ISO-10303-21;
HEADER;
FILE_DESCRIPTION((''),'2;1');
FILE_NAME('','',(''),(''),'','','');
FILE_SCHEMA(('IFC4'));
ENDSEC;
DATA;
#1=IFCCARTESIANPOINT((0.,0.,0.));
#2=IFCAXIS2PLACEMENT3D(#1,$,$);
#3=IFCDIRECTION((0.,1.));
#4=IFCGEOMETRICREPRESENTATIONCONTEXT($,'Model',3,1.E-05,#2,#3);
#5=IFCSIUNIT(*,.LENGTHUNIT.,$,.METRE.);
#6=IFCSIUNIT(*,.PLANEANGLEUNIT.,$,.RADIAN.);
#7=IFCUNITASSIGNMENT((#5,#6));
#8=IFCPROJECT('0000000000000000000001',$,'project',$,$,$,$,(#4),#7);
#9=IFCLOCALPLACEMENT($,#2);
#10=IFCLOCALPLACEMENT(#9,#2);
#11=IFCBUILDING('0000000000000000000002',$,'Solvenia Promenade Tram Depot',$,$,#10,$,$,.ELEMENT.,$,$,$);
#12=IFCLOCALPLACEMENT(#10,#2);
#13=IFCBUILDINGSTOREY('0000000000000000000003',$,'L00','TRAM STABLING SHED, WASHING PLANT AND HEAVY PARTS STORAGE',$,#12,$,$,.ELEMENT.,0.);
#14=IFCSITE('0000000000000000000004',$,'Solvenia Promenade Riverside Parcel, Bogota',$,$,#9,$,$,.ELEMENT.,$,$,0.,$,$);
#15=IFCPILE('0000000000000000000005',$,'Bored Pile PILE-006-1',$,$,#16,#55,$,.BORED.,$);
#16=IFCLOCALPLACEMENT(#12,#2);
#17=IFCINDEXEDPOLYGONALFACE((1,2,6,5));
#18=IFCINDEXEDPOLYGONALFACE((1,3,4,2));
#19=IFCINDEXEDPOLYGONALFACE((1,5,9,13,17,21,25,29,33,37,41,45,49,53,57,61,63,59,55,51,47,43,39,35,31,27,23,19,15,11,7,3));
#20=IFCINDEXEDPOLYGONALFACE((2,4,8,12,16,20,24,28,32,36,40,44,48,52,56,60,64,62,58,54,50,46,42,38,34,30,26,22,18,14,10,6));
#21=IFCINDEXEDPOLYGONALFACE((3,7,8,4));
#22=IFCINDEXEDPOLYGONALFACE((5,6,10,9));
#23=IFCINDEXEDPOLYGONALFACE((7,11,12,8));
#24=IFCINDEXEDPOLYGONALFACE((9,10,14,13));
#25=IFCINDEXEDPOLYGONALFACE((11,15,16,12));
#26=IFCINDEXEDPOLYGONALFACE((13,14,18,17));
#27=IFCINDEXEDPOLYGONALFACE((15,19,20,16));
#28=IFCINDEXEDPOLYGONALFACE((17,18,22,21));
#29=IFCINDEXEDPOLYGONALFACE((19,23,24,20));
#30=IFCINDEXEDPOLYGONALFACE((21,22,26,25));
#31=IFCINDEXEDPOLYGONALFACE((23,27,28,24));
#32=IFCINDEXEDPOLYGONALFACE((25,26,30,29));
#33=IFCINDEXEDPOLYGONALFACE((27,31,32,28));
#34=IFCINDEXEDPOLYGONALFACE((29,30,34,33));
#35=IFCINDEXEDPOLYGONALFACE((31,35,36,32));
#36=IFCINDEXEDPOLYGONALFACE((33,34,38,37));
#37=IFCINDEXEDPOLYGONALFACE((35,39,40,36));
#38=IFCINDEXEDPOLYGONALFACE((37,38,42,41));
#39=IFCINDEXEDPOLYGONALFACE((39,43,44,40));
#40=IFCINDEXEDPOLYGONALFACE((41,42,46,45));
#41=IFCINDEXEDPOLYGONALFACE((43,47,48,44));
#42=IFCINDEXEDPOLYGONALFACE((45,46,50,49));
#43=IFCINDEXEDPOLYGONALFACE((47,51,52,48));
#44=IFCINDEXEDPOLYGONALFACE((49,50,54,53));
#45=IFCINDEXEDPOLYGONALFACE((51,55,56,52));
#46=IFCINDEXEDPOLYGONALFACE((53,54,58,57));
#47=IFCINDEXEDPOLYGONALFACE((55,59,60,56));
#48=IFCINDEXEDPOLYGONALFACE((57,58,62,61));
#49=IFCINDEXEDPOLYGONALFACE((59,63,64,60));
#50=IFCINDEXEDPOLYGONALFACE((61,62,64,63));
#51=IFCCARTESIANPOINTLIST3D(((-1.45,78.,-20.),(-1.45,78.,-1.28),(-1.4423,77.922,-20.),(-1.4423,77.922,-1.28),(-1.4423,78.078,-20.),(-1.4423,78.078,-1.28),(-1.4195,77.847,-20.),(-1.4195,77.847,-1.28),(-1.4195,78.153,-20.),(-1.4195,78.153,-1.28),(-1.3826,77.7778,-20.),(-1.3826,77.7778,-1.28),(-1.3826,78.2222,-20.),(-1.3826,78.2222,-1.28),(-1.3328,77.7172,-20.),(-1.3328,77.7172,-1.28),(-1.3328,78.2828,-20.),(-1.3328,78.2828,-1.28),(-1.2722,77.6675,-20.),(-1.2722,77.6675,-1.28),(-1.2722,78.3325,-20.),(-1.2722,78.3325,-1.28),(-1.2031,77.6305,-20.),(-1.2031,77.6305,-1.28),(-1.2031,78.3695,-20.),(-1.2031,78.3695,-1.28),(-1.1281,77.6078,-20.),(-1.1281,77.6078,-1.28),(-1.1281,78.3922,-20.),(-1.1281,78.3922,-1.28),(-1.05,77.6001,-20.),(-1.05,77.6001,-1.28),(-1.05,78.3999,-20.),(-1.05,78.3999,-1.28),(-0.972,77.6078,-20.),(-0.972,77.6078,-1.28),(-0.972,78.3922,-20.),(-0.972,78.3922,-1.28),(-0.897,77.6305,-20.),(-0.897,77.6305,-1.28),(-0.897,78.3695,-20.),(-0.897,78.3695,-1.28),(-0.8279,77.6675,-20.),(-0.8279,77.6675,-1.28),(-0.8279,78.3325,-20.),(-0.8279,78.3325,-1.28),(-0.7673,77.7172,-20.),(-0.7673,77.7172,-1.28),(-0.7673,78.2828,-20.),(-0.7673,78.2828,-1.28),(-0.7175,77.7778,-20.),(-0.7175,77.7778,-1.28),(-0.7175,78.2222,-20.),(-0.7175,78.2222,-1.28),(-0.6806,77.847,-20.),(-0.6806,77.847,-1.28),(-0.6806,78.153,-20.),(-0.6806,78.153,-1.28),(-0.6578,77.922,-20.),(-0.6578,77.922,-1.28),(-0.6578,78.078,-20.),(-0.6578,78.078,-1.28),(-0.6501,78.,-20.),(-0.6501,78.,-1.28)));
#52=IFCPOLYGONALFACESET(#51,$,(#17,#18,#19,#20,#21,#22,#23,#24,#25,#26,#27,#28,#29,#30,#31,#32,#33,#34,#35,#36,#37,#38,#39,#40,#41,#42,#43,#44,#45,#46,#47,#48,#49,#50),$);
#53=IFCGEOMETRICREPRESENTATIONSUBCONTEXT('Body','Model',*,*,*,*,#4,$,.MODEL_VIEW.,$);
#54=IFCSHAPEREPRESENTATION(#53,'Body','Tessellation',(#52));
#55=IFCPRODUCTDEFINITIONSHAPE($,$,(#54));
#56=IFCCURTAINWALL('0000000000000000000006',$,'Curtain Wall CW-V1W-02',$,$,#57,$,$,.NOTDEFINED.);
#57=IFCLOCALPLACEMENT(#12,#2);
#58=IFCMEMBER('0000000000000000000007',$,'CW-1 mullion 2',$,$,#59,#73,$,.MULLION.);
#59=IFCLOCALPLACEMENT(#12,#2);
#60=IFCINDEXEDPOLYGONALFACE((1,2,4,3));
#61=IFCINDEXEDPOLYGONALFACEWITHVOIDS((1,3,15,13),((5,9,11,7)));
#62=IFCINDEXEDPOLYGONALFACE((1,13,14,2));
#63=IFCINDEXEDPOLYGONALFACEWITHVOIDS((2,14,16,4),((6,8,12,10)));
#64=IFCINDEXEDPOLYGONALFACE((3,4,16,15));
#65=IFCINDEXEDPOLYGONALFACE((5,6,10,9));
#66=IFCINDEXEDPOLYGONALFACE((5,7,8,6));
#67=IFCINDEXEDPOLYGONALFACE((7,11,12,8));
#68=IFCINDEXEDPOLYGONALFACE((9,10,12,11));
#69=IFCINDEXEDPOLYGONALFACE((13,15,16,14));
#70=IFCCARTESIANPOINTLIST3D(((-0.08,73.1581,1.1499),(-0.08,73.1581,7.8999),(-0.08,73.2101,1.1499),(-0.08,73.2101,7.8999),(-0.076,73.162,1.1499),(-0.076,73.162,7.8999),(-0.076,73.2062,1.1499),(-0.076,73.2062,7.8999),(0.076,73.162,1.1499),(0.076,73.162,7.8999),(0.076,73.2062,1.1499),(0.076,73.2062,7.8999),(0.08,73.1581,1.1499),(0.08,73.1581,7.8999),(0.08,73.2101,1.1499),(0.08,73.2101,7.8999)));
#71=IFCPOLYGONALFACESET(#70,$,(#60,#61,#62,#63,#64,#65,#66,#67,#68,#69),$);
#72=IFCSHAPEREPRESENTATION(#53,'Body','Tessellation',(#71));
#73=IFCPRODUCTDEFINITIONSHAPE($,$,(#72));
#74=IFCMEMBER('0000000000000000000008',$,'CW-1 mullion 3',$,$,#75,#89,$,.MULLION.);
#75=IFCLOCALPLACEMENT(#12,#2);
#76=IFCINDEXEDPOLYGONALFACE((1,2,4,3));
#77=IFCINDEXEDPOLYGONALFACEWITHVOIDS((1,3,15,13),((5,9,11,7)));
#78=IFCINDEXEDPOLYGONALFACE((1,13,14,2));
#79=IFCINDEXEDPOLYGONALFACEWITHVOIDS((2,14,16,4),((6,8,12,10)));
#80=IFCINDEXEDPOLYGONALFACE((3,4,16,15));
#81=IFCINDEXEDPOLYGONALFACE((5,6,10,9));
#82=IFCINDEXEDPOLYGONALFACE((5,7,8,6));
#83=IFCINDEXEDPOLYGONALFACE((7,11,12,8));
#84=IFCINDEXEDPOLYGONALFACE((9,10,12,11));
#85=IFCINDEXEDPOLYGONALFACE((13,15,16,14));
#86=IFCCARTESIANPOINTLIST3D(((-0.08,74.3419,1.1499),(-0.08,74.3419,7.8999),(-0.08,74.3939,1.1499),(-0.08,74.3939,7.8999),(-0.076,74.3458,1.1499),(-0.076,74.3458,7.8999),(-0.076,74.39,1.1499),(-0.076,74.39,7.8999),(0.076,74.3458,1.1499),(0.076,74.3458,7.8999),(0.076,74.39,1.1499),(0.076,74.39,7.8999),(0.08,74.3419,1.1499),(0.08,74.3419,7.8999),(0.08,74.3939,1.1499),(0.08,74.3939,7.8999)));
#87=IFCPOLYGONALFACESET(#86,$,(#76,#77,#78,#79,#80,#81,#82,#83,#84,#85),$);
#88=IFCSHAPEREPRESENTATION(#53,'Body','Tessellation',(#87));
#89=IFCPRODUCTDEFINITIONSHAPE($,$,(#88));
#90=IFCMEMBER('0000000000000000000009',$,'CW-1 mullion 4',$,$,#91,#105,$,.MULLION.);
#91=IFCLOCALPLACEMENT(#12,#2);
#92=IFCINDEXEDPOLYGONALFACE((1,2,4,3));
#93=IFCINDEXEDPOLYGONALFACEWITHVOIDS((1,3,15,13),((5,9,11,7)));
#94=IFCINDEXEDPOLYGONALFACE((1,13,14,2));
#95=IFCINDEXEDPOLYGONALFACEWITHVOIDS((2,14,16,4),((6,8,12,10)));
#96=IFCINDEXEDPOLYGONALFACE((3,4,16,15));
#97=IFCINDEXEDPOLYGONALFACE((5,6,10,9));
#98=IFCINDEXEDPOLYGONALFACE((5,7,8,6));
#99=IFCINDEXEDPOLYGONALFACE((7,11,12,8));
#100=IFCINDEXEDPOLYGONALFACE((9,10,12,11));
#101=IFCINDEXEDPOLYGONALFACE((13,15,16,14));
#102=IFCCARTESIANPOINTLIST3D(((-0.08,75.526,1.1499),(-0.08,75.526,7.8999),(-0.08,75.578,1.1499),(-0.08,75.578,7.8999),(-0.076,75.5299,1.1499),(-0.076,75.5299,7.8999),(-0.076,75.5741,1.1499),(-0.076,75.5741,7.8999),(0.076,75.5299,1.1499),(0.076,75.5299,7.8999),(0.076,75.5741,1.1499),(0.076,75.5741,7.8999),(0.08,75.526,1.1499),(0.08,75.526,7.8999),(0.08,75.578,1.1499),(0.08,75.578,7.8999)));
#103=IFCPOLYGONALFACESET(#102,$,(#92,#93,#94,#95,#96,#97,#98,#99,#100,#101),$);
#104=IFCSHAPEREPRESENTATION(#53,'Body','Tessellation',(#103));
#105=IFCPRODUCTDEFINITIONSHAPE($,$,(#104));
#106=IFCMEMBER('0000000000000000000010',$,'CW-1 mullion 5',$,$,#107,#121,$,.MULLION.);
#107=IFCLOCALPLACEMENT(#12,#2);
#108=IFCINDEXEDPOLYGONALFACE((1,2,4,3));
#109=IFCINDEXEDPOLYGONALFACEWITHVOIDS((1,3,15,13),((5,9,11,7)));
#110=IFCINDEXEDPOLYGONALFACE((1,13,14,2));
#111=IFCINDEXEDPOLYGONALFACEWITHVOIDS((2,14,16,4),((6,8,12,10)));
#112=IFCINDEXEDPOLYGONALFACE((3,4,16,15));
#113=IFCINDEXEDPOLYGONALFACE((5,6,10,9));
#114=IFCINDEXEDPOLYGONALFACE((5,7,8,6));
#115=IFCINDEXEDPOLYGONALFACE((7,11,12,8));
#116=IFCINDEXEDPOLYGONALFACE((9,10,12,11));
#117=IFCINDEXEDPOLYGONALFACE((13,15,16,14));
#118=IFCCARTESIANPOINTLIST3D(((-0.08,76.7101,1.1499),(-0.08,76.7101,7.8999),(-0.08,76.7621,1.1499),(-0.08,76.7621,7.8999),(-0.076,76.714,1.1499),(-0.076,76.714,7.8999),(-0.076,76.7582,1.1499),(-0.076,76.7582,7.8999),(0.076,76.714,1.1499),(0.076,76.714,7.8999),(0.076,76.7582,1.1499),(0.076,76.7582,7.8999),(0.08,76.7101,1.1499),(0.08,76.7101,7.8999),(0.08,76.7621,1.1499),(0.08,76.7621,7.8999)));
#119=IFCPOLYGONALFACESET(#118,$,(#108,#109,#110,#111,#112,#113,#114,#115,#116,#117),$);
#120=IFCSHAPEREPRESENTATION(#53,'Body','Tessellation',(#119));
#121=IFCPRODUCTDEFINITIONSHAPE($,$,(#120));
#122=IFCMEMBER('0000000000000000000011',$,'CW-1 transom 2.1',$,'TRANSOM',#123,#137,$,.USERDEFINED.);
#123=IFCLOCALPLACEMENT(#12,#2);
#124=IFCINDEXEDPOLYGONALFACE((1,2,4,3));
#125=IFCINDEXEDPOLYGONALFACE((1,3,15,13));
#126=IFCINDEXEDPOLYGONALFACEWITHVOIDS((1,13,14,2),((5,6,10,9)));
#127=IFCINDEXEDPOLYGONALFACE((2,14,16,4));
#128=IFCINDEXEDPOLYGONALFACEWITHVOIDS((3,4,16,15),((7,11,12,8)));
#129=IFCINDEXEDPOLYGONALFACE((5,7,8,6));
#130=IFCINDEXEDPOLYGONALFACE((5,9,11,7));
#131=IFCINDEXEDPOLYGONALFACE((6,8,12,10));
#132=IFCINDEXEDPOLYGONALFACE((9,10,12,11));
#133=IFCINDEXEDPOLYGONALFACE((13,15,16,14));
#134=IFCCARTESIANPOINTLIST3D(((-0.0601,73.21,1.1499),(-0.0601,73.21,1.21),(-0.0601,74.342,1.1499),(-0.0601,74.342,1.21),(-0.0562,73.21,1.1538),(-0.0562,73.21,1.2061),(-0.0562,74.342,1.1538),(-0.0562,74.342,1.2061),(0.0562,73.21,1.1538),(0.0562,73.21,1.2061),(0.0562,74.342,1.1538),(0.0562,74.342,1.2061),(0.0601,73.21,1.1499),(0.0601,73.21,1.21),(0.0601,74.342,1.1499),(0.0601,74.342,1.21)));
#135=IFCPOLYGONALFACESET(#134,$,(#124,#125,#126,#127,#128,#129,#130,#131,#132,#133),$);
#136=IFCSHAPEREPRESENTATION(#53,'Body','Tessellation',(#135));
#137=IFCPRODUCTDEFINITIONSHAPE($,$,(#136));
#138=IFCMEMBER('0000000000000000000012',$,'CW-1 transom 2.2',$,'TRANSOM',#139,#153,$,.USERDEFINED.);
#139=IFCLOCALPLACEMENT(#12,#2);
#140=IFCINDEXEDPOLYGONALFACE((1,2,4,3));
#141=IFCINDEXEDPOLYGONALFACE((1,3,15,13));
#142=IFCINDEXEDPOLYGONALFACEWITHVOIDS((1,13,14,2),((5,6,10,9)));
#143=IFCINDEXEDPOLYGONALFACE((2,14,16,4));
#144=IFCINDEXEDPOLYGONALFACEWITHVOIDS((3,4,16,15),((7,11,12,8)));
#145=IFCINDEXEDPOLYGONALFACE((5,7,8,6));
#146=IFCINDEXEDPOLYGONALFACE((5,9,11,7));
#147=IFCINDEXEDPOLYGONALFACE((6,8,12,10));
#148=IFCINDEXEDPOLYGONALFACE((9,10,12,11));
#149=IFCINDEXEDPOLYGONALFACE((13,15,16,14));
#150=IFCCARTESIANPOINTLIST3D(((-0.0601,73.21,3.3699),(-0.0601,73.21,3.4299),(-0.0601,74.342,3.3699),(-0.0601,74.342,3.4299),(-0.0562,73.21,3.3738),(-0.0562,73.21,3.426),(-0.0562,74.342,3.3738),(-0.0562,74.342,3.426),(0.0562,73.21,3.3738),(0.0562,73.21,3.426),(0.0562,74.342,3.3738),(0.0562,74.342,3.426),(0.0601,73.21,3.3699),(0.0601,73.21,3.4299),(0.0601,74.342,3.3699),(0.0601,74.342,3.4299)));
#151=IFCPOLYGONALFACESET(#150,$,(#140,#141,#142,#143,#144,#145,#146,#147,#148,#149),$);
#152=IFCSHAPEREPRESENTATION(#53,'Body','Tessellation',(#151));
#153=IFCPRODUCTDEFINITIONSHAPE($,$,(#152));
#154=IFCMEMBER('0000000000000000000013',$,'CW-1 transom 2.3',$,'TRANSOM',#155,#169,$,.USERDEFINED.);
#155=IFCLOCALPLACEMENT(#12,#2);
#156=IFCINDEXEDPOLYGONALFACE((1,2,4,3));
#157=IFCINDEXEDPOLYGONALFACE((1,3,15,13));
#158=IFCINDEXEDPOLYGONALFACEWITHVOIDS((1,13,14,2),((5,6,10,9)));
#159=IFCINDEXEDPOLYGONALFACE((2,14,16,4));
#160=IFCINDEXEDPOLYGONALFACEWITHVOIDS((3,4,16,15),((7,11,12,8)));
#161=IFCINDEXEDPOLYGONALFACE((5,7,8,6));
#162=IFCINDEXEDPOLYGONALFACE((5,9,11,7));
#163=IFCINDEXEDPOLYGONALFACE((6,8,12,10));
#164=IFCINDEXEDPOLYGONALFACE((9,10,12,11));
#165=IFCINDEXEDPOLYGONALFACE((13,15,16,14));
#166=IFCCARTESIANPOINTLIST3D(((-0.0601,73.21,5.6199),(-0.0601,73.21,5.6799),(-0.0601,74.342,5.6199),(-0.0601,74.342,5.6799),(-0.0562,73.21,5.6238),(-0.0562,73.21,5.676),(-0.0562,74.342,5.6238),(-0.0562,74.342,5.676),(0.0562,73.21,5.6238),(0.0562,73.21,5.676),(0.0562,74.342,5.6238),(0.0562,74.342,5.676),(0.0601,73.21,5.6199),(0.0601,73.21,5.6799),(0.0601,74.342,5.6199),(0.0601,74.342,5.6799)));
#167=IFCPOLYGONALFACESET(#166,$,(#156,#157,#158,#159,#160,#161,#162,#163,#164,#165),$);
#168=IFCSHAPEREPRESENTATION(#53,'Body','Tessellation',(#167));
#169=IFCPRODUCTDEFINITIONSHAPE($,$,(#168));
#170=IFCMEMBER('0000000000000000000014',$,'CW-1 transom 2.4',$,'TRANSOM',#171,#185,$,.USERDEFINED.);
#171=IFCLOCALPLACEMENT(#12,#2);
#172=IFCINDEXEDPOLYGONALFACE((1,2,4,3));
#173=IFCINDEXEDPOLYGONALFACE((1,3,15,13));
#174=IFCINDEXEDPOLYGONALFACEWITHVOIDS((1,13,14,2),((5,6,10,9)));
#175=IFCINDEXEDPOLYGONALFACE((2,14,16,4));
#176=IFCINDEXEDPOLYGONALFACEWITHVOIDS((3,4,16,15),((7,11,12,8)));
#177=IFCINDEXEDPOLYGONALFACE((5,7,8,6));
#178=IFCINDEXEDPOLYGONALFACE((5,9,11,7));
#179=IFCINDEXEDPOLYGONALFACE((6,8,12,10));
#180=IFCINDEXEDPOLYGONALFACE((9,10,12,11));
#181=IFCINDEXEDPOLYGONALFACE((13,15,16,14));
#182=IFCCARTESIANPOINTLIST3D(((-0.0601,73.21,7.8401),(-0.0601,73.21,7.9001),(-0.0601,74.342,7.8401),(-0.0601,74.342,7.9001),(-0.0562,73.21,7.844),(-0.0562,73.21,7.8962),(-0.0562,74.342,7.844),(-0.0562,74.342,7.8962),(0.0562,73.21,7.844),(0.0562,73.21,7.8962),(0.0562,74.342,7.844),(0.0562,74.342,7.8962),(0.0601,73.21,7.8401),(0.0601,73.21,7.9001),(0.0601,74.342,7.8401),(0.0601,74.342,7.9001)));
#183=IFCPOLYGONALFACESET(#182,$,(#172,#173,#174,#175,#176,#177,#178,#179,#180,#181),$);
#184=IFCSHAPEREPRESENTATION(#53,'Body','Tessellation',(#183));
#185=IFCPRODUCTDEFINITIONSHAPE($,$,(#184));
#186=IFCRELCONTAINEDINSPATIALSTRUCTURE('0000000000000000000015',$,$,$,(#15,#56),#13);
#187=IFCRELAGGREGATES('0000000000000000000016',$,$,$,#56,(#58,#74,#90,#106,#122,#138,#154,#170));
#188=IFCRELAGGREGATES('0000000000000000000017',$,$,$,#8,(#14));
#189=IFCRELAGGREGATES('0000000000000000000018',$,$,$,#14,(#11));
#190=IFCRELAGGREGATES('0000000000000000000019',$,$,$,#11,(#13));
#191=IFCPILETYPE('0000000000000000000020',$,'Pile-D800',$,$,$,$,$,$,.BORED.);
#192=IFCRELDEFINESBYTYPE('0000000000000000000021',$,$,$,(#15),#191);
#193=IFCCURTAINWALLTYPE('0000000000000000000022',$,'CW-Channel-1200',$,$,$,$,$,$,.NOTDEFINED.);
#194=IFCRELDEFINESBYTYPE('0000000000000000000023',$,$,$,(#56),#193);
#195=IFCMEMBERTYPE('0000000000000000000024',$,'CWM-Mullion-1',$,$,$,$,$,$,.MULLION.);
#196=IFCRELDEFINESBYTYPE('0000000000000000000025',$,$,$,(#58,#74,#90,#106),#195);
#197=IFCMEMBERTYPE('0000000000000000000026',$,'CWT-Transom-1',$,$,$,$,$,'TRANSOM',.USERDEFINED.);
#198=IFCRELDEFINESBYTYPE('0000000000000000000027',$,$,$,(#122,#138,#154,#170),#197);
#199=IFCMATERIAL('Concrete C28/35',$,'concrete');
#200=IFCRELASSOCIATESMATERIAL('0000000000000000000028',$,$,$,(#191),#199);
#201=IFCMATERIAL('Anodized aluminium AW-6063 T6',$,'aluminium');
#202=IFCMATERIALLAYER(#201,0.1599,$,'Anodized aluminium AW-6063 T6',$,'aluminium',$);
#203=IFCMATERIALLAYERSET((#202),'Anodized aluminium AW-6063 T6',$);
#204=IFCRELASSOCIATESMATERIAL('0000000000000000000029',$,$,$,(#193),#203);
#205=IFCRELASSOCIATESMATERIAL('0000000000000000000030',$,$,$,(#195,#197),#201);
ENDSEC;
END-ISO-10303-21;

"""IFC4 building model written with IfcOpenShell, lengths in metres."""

from ifc_helpers import new_model, si_unit, direction, frame, origin, origin_2d, place, context, subcontext, project, spatial, hollow_rectangle, circle, extrude, material, layer, layer_set, material_profile, profile_set, type_object, element, aggregate, save


model = new_model("IFC4")

# Units and contexts
model_context = context("Model", 3, precision=1e-05, world=origin(), true_north=direction((0.0, 1.0)))
body_context = subcontext(model_context, "Body", "Model", "MODEL_VIEW")
ifc_project = project(units=[si_unit("LENGTHUNIT", "METRE"), si_unit("PLANEANGLEUNIT", "RADIAN")], contexts=[model_context])

# Site, building, storey
site_placement = place(None, origin())
site = spatial("IfcSite", under=ifc_project, at=site_placement, Name="Solvenia Promenade Riverside Parcel, Bogota", CompositionType="ELEMENT", RefElevation=0.0)
building_placement = place(site_placement, origin())
building = spatial("IfcBuilding", under=site, at=building_placement, Name="Solvenia Promenade Tram Depot", CompositionType="ELEMENT")
storey_placement = place(building_placement, origin())
storey = spatial("IfcBuildingStorey", under=building, at=storey_placement, Name="L00", Description="TRAM STABLING SHED, WASHING PLANT AND HEAVY PARTS STORAGE", CompositionType="ELEMENT", Elevation=0.0)

# Pile
ifc_material_1 = material(Name="Concrete C28/35", Category="concrete")
ifc_material_profile_1 = material_profile(ifc_material_1, circle(Radius=0.3999, at=origin_2d()), Name="D800", Category="concrete")
ifc_profile_set_1 = profile_set([ifc_material_profile_1], Name="Concrete C28/35")
pile_type = type_object("IfcPileType", Name="Pile-D800", PredefinedType="BORED", material=ifc_profile_set_1)
pile_placement = place(storey_placement, frame((-1.05, 78.0, -1.28), z_axis=(0.0, 0.0, -1.0), x_axis=(1.0, 0.0, 0.0)))
element("IfcPile", 1, at=pile_placement, inside=storey, type_object=pile_type, Name="Bored Pile PILE-006-1", PredefinedType="BORED", context=body_context, shape_type="SweptSolid", body=[
    extrude(circle(Radius=0.3999, at=origin_2d()), origin(), (0.0, 0.0, 1.0), 18.72),
])

# Curtain wall, members
ifc_material_2 = material(Name="Anodized aluminium AW-6063 T6", Category="aluminium")
ifc_layer_1 = layer(ifc_material_2, 0.1599, Name="Anodized aluminium AW-6063 T6", Category="aluminium")
ifc_layer_set_1 = layer_set([ifc_layer_1], Name="Anodized aluminium AW-6063 T6")
curtain_wall_type = type_object("IfcCurtainWallType", Name="CW-Channel-1200", PredefinedType="NOTDEFINED", material=ifc_layer_set_1)
curtain_wall_placement = place(storey_placement, origin())
curtain_wall = element("IfcCurtainWall", 2, at=curtain_wall_placement, inside=storey, type_object=curtain_wall_type, Name="Curtain Wall CW-V1W-02", PredefinedType="NOTDEFINED")
ifc_material_profile_2 = material_profile(ifc_material_2, hollow_rectangle(XDim=0.1599, YDim=0.052, WallThickness=0.0039, at=origin_2d()), Name="ALU-M1", Category="aluminium")
ifc_profile_set_2 = profile_set([ifc_material_profile_2], Name="Anodized aluminium AW-6063 T6")
member_type_1 = type_object("IfcMemberType", Name="CWM-Mullion-1", PredefinedType="MULLION", material=ifc_profile_set_2)
member_1_placement = place(storey_placement, frame((0.0, 73.1841, 1.1499), z_axis=(0.0, 0.0, 1.0), x_axis=(-1.0, 0.0, 0.0)))
member_1 = element("IfcMember", 3, at=member_1_placement, type_object=member_type_1, Name="CW-1 mullion 2", PredefinedType="MULLION", context=body_context, shape_type="SweptSolid", body=[
    extrude(hollow_rectangle(XDim=0.1599, YDim=0.052, WallThickness=0.0039, at=origin_2d()), origin(), (0.0, 0.0, 1.0), 6.75),
])
member_2_placement = place(storey_placement, frame((0.0, 74.3679, 1.1499), z_axis=(0.0, 0.0, 1.0), x_axis=(-1.0, 0.0, 0.0)))
member_2 = element("IfcMember", 4, at=member_2_placement, type_object=member_type_1, Name="CW-1 mullion 3", PredefinedType="MULLION", context=body_context, shape_type="SweptSolid", body=[
    extrude(hollow_rectangle(XDim=0.1599, YDim=0.052, WallThickness=0.0039, at=origin_2d()), origin(), (0.0, 0.0, 1.0), 6.75),
])
member_3_placement = place(storey_placement, frame((0.0, 75.552, 1.1499), z_axis=(0.0, 0.0, 1.0), x_axis=(-1.0, 0.0, 0.0)))
member_3 = element("IfcMember", 5, at=member_3_placement, type_object=member_type_1, Name="CW-1 mullion 4", PredefinedType="MULLION", context=body_context, shape_type="SweptSolid", body=[
    extrude(hollow_rectangle(XDim=0.1599, YDim=0.052, WallThickness=0.0039, at=origin_2d()), origin(), (0.0, 0.0, 1.0), 6.75),
])
member_4_placement = place(storey_placement, frame((0.0, 76.7361, 1.1499), z_axis=(0.0, 0.0, 1.0), x_axis=(-1.0, 0.0, 0.0)))
member_4 = element("IfcMember", 6, at=member_4_placement, type_object=member_type_1, Name="CW-1 mullion 5", PredefinedType="MULLION", context=body_context, shape_type="SweptSolid", body=[
    extrude(hollow_rectangle(XDim=0.1599, YDim=0.052, WallThickness=0.0039, at=origin_2d()), origin(), (0.0, 0.0, 1.0), 6.75),
])
ifc_material_profile_3 = material_profile(ifc_material_2, hollow_rectangle(XDim=0.1201, YDim=0.0601, WallThickness=0.0039, at=origin_2d()), Name="ALU-T1", Category="aluminium")
ifc_profile_set_3 = profile_set([ifc_material_profile_3], Name="Anodized aluminium AW-6063 T6")
member_type_2 = type_object("IfcMemberType", Name="CWT-Transom-1", ElementType="TRANSOM", PredefinedType="USERDEFINED", material=ifc_profile_set_3)
member_5_placement = place(storey_placement, frame((0.0, 73.21, 1.1799), z_axis=(0.0, 1.0, 0.0), x_axis=(-1.0, 0.0, 0.0)))
member_5 = element("IfcMember", 7, at=member_5_placement, type_object=member_type_2, Name="CW-1 transom 2.1", ObjectType="TRANSOM", PredefinedType="USERDEFINED", context=body_context, shape_type="SweptSolid", body=[
    extrude(hollow_rectangle(XDim=0.1201, YDim=0.0601, WallThickness=0.0039, at=origin_2d()), origin(), (0.0, 0.0, 1.0), 1.1321),
])
member_6_placement = place(storey_placement, frame((0.0, 73.21, 3.3999), z_axis=(0.0, 1.0, 0.0), x_axis=(-1.0, 0.0, 0.0)))
member_6 = element("IfcMember", 8, at=member_6_placement, type_object=member_type_2, Name="CW-1 transom 2.2", ObjectType="TRANSOM", PredefinedType="USERDEFINED", context=body_context, shape_type="SweptSolid", body=[
    extrude(hollow_rectangle(XDim=0.1201, YDim=0.0601, WallThickness=0.0039, at=origin_2d()), origin(), (0.0, 0.0, 1.0), 1.1321),
])
member_7_placement = place(storey_placement, frame((0.0, 73.21, 5.6499), z_axis=(0.0, 1.0, 0.0), x_axis=(-1.0, 0.0, 0.0)))
member_7 = element("IfcMember", 9, at=member_7_placement, type_object=member_type_2, Name="CW-1 transom 2.3", ObjectType="TRANSOM", PredefinedType="USERDEFINED", context=body_context, shape_type="SweptSolid", body=[
    extrude(hollow_rectangle(XDim=0.1201, YDim=0.0601, WallThickness=0.0039, at=origin_2d()), origin(), (0.0, 0.0, 1.0), 1.1321),
])
member_8_placement = place(storey_placement, frame((0.0, 73.21, 7.8701), z_axis=(0.0, 1.0, 0.0), x_axis=(-1.0, 0.0, 0.0)))
member_8 = element("IfcMember", 10, at=member_8_placement, type_object=member_type_2, Name="CW-1 transom 2.4", ObjectType="TRANSOM", PredefinedType="USERDEFINED", context=body_context, shape_type="SweptSolid", body=[
    extrude(hollow_rectangle(XDim=0.1201, YDim=0.0601, WallThickness=0.0039, at=origin_2d()), origin(), (0.0, 0.0, 1.0), 1.1321),
])
aggregate(curtain_wall, [member_1, member_2, member_3, member_4, member_5, member_6, member_7, member_8])

save(model, "model.ifc")
